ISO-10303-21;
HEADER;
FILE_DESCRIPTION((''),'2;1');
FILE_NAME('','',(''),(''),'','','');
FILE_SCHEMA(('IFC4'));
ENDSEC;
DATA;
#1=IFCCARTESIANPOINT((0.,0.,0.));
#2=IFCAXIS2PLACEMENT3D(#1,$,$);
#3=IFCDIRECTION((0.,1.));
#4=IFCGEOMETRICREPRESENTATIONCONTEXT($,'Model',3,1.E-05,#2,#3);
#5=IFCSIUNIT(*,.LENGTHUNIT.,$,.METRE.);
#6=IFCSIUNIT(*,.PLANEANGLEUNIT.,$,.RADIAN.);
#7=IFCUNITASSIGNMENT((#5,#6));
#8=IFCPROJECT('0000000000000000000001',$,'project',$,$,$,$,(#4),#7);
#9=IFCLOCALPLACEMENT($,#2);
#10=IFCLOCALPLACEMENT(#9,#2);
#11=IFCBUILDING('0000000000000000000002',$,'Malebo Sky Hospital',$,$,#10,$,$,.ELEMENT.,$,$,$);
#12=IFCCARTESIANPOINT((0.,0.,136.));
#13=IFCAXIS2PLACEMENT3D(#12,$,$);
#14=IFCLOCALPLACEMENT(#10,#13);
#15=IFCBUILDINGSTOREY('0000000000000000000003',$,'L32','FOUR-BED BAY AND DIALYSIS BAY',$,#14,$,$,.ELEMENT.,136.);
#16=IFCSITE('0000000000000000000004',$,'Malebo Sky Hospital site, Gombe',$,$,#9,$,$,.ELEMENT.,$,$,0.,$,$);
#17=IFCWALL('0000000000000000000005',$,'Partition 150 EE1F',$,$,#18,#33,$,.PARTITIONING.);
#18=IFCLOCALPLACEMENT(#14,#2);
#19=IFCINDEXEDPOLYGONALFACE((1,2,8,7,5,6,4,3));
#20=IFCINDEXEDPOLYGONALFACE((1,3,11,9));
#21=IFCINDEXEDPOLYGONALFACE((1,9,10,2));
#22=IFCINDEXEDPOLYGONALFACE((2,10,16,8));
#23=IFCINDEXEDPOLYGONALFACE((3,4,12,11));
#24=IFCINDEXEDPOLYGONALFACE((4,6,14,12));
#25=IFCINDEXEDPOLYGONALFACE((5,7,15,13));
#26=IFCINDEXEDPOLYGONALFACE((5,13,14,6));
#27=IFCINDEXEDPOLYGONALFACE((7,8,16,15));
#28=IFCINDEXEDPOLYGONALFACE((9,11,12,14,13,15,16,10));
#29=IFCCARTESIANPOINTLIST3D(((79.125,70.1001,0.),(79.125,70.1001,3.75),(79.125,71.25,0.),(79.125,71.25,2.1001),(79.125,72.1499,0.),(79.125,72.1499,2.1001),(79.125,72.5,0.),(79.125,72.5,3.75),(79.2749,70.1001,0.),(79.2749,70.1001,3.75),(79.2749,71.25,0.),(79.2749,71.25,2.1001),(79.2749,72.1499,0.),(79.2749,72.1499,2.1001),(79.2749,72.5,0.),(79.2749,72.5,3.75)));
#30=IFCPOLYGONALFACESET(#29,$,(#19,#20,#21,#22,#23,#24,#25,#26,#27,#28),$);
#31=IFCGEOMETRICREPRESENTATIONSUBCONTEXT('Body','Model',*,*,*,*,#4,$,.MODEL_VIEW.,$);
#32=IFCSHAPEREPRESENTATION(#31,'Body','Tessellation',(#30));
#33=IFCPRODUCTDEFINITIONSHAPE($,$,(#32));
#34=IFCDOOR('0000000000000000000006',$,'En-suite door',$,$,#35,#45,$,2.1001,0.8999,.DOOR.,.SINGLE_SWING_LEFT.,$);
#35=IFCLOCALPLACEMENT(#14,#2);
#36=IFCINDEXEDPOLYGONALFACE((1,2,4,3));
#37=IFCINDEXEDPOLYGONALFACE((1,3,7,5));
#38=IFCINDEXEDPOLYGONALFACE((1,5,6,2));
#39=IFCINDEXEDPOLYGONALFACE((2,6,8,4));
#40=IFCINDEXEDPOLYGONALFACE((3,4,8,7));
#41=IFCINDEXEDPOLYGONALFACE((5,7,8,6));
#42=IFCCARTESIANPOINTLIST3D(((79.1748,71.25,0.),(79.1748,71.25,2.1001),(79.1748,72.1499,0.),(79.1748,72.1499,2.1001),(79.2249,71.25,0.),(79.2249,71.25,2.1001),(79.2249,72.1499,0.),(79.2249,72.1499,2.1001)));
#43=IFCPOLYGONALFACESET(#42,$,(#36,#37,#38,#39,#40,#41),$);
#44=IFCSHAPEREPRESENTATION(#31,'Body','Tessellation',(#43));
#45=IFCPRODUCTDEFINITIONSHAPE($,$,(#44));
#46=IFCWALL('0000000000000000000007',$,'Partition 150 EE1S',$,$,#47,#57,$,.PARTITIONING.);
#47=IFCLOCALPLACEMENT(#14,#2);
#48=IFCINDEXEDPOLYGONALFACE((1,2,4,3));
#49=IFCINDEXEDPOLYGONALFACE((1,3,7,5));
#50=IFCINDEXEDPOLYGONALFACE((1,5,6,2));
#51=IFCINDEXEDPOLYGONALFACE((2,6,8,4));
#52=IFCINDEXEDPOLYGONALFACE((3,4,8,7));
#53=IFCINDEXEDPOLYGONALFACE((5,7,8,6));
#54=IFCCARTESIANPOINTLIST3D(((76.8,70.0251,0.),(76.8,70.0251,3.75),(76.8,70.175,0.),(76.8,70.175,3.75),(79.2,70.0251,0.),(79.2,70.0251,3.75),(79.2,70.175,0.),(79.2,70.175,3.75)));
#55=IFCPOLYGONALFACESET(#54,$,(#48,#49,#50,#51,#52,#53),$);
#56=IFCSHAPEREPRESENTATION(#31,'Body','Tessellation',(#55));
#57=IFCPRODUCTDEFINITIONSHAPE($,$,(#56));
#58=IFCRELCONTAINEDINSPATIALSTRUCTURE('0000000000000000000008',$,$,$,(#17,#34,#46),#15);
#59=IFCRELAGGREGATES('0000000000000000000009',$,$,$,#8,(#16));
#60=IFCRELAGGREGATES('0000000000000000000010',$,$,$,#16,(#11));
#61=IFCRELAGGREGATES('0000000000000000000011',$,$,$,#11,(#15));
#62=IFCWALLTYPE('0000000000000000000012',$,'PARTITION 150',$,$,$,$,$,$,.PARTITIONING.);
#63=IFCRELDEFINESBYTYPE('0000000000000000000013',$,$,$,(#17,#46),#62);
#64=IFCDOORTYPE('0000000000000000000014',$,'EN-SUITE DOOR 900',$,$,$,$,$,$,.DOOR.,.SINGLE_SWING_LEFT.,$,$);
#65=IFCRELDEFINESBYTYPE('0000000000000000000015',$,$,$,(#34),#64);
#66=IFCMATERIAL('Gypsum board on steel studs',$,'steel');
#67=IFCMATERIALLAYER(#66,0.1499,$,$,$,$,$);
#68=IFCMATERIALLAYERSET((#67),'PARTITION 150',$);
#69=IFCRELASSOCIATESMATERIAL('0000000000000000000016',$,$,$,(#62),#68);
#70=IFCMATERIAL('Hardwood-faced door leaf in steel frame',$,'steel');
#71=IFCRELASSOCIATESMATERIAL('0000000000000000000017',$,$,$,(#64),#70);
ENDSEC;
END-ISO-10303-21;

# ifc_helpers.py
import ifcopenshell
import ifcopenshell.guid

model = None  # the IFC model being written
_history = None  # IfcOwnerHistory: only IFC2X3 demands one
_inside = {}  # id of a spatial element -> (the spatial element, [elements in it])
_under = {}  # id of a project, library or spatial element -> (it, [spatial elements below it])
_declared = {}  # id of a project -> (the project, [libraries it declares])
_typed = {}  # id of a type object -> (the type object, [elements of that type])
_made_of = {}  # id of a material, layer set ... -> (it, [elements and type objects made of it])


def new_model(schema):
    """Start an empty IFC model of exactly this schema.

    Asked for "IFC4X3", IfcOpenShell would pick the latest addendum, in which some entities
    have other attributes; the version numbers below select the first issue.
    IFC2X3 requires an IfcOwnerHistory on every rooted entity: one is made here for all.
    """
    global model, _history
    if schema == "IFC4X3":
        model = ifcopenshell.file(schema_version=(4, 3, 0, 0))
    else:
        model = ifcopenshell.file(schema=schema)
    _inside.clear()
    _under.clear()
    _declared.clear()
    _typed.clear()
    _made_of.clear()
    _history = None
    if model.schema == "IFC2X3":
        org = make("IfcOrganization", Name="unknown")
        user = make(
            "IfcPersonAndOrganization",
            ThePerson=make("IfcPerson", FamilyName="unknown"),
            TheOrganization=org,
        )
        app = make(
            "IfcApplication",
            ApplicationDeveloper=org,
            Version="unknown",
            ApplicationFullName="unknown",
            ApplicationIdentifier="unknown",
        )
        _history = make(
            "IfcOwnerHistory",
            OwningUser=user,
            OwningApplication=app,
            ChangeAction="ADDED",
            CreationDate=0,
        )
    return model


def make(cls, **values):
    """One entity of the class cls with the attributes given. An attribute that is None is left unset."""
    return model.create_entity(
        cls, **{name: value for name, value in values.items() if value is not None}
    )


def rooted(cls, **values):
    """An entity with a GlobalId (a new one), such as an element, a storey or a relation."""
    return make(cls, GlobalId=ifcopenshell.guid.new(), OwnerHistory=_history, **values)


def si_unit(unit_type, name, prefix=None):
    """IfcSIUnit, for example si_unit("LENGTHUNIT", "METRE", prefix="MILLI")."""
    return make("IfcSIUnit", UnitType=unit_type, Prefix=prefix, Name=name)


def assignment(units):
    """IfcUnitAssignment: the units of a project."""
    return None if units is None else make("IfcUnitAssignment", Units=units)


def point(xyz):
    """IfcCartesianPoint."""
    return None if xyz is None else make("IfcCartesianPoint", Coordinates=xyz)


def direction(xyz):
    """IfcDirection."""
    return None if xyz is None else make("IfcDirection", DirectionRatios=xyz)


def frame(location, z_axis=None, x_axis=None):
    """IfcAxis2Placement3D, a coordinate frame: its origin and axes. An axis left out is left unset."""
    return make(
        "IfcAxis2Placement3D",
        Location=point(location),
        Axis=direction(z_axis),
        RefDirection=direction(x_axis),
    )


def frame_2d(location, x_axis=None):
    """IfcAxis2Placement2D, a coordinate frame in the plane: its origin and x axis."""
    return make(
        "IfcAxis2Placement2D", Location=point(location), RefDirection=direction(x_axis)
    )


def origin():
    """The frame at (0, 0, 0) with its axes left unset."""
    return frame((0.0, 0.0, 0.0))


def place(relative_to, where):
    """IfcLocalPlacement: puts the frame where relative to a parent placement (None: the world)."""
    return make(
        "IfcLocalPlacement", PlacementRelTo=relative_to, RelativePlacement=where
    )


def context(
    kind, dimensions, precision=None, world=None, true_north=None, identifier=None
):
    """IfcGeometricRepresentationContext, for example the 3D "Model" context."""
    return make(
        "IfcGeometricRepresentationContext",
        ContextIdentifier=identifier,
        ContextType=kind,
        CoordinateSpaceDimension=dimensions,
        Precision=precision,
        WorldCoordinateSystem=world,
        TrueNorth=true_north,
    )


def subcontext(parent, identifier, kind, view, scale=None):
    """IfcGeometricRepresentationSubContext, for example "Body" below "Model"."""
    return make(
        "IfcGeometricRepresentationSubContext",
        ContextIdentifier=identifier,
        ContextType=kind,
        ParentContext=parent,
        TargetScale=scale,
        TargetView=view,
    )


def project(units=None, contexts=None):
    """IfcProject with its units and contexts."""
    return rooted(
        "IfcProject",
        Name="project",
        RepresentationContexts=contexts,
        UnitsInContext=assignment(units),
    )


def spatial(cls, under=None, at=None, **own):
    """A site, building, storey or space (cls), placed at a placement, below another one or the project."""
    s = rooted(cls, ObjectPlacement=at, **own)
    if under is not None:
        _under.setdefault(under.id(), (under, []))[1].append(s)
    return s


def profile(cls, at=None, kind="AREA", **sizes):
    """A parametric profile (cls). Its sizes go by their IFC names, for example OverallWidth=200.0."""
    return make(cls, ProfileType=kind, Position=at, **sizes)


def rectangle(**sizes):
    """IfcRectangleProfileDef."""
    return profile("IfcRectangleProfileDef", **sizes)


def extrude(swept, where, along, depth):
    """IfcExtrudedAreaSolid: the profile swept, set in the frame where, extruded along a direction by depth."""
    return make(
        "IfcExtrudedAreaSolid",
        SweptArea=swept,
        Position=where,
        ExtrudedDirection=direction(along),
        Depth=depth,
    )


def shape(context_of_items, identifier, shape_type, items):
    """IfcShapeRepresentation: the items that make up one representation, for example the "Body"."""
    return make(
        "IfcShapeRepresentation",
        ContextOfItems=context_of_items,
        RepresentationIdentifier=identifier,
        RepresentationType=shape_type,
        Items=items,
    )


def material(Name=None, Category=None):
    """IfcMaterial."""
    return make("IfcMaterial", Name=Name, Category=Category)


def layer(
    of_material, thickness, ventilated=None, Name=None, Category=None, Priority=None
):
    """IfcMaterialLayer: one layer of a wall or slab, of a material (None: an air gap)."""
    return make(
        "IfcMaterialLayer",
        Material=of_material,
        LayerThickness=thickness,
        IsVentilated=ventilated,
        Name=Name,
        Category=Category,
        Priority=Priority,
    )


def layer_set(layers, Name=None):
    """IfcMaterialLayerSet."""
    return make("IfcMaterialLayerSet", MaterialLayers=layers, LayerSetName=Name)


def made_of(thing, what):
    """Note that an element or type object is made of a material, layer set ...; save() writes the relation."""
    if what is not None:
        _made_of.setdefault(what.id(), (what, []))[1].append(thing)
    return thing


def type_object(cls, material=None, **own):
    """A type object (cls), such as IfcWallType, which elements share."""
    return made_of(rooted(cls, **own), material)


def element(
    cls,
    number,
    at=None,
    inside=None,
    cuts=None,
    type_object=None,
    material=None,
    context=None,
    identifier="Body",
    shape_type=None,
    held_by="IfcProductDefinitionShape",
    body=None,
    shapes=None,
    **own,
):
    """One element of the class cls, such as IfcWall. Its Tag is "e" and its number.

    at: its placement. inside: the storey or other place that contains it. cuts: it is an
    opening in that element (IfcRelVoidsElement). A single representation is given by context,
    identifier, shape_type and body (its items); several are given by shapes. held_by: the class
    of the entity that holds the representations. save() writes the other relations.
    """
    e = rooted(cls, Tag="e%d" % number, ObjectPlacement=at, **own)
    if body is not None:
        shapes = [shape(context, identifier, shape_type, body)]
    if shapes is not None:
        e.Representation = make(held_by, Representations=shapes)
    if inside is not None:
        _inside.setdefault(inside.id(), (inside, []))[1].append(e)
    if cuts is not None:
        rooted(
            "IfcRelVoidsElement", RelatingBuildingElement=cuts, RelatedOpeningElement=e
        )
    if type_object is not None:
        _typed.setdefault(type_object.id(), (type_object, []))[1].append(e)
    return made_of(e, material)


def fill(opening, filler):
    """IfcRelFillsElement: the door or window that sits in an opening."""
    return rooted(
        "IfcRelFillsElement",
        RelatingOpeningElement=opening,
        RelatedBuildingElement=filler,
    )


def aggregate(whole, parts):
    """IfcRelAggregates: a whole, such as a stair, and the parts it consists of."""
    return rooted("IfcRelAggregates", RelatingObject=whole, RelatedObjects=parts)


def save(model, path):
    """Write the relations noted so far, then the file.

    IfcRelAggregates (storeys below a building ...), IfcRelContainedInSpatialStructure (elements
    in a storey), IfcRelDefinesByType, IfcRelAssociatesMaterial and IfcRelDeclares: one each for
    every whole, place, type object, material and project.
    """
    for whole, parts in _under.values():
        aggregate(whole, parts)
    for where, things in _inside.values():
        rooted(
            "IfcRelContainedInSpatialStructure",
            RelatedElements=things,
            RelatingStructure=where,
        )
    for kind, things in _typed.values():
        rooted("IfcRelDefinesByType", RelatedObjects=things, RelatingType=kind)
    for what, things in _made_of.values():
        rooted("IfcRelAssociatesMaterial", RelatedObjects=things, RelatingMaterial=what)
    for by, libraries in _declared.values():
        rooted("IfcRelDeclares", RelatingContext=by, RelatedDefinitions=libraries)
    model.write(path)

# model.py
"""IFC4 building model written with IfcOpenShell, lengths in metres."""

from ifc_helpers import new_model, si_unit, direction, frame, frame_2d, origin, place, context, subcontext, project, spatial, rectangle, extrude, material, layer, layer_set, type_object, element, fill, save


model = new_model("IFC4")

# Units and contexts
model_context = context("Model", 3, precision=1e-05, world=origin(), true_north=direction((0.0, 1.0)))
body_context = subcontext(model_context, "Body", "Model", "MODEL_VIEW")
ifc_project = project(units=[si_unit("LENGTHUNIT", "METRE"), si_unit("PLANEANGLEUNIT", "RADIAN")], contexts=[model_context])

# Site, building, storey
site_placement = place(None, origin())
site = spatial("IfcSite", under=ifc_project, at=site_placement, Name="Malebo Sky Hospital site, Gombe", CompositionType="ELEMENT", RefElevation=0.0)
building_placement = place(site_placement, origin())
building = spatial("IfcBuilding", under=site, at=building_placement, Name="Malebo Sky Hospital", CompositionType="ELEMENT")
storey_placement = place(building_placement, frame((0.0, 0.0, 136.0)))
storey = spatial("IfcBuildingStorey", under=building, at=storey_placement, Name="L32", Description="FOUR-BED BAY AND DIALYSIS BAY", CompositionType="ELEMENT", Elevation=136.0)

# Shared definitions
ifc_material_1 = material(Name="Gypsum board on steel studs", Category="steel")
ifc_layer_1 = layer(ifc_material_1, 0.1499)
ifc_layer_set_1 = layer_set([ifc_layer_1], Name="PARTITION 150")
wall_type = type_object("IfcWallType", Name="PARTITION 150", PredefinedType="PARTITIONING", material=ifc_layer_set_1)

# Wall, opening, door
wall_1_placement = place(storey_placement, frame((79.2, 72.5, 0.0), z_axis=(0.0, 0.0, 1.0), x_axis=(0.0, -1.0, 0.0)))
wall_1 = element("IfcWall", 1, at=wall_1_placement, inside=storey, type_object=wall_type, Name="Partition 150 EE1F", PredefinedType="PARTITIONING", context=body_context, shape_type="SweptSolid", body=[
    extrude(rectangle(XDim=2.3999, YDim=0.1499, at=frame_2d((1.2, 0.0))), origin(), (0.0, 0.0, 1.0), 3.75),
])
opening_placement = place(wall_1_placement, frame((0.3501, 0.0, 0.0)))
opening = element("IfcOpeningElement", 2, at=opening_placement, cuts=wall_1, PredefinedType="OPENING", context=body_context, shape_type="SweptSolid", body=[
    extrude(rectangle(XDim=0.8999, YDim=2.1001, at=frame_2d((0.45, 1.05))), frame((0.0, 0.085, 0.0), z_axis=(0.0, -1.0, 0.0), x_axis=(1.0, 0.0, 0.0)), (0.0, 0.0, 1.0), 0.1699),
])
ifc_material_2 = material(Name="Hardwood-faced door leaf in steel frame", Category="steel")
door_type = type_object("IfcDoorType", Name="EN-SUITE DOOR 900", OperationType="SINGLE_SWING_LEFT", PredefinedType="DOOR", material=ifc_material_2)
door_placement = place(opening_placement, origin())
door = element("IfcDoor", 3, at=door_placement, inside=storey, type_object=door_type, Name="En-suite door", OperationType="SINGLE_SWING_LEFT", OverallHeight=2.1001, OverallWidth=0.8999, PredefinedType="DOOR", context=body_context, shape_type="SweptSolid", body=[
    extrude(rectangle(XDim=0.8999, YDim=2.1001, at=frame_2d((0.45, 1.05))), frame((0.0, 0.0249, 0.0), z_axis=(0.0, -1.0, 0.0), x_axis=(1.0, 0.0, 0.0)), (0.0, 0.0, 1.0), 0.05),
])
fill(opening, door)

# Wall
wall_2_placement = place(storey_placement, frame((76.8, 70.1001, 0.0), z_axis=(0.0, 0.0, 1.0), x_axis=(1.0, 0.0, 0.0)))
element("IfcWall", 4, at=wall_2_placement, inside=storey, type_object=wall_type, Name="Partition 150 EE1S", PredefinedType="PARTITIONING", context=body_context, shape_type="SweptSolid", body=[
    extrude(rectangle(XDim=2.3999, YDim=0.1499, at=frame_2d((1.2, 0.0))), origin(), (0.0, 0.0, 1.0), 3.75),
])

save(model, "model.ifc")
